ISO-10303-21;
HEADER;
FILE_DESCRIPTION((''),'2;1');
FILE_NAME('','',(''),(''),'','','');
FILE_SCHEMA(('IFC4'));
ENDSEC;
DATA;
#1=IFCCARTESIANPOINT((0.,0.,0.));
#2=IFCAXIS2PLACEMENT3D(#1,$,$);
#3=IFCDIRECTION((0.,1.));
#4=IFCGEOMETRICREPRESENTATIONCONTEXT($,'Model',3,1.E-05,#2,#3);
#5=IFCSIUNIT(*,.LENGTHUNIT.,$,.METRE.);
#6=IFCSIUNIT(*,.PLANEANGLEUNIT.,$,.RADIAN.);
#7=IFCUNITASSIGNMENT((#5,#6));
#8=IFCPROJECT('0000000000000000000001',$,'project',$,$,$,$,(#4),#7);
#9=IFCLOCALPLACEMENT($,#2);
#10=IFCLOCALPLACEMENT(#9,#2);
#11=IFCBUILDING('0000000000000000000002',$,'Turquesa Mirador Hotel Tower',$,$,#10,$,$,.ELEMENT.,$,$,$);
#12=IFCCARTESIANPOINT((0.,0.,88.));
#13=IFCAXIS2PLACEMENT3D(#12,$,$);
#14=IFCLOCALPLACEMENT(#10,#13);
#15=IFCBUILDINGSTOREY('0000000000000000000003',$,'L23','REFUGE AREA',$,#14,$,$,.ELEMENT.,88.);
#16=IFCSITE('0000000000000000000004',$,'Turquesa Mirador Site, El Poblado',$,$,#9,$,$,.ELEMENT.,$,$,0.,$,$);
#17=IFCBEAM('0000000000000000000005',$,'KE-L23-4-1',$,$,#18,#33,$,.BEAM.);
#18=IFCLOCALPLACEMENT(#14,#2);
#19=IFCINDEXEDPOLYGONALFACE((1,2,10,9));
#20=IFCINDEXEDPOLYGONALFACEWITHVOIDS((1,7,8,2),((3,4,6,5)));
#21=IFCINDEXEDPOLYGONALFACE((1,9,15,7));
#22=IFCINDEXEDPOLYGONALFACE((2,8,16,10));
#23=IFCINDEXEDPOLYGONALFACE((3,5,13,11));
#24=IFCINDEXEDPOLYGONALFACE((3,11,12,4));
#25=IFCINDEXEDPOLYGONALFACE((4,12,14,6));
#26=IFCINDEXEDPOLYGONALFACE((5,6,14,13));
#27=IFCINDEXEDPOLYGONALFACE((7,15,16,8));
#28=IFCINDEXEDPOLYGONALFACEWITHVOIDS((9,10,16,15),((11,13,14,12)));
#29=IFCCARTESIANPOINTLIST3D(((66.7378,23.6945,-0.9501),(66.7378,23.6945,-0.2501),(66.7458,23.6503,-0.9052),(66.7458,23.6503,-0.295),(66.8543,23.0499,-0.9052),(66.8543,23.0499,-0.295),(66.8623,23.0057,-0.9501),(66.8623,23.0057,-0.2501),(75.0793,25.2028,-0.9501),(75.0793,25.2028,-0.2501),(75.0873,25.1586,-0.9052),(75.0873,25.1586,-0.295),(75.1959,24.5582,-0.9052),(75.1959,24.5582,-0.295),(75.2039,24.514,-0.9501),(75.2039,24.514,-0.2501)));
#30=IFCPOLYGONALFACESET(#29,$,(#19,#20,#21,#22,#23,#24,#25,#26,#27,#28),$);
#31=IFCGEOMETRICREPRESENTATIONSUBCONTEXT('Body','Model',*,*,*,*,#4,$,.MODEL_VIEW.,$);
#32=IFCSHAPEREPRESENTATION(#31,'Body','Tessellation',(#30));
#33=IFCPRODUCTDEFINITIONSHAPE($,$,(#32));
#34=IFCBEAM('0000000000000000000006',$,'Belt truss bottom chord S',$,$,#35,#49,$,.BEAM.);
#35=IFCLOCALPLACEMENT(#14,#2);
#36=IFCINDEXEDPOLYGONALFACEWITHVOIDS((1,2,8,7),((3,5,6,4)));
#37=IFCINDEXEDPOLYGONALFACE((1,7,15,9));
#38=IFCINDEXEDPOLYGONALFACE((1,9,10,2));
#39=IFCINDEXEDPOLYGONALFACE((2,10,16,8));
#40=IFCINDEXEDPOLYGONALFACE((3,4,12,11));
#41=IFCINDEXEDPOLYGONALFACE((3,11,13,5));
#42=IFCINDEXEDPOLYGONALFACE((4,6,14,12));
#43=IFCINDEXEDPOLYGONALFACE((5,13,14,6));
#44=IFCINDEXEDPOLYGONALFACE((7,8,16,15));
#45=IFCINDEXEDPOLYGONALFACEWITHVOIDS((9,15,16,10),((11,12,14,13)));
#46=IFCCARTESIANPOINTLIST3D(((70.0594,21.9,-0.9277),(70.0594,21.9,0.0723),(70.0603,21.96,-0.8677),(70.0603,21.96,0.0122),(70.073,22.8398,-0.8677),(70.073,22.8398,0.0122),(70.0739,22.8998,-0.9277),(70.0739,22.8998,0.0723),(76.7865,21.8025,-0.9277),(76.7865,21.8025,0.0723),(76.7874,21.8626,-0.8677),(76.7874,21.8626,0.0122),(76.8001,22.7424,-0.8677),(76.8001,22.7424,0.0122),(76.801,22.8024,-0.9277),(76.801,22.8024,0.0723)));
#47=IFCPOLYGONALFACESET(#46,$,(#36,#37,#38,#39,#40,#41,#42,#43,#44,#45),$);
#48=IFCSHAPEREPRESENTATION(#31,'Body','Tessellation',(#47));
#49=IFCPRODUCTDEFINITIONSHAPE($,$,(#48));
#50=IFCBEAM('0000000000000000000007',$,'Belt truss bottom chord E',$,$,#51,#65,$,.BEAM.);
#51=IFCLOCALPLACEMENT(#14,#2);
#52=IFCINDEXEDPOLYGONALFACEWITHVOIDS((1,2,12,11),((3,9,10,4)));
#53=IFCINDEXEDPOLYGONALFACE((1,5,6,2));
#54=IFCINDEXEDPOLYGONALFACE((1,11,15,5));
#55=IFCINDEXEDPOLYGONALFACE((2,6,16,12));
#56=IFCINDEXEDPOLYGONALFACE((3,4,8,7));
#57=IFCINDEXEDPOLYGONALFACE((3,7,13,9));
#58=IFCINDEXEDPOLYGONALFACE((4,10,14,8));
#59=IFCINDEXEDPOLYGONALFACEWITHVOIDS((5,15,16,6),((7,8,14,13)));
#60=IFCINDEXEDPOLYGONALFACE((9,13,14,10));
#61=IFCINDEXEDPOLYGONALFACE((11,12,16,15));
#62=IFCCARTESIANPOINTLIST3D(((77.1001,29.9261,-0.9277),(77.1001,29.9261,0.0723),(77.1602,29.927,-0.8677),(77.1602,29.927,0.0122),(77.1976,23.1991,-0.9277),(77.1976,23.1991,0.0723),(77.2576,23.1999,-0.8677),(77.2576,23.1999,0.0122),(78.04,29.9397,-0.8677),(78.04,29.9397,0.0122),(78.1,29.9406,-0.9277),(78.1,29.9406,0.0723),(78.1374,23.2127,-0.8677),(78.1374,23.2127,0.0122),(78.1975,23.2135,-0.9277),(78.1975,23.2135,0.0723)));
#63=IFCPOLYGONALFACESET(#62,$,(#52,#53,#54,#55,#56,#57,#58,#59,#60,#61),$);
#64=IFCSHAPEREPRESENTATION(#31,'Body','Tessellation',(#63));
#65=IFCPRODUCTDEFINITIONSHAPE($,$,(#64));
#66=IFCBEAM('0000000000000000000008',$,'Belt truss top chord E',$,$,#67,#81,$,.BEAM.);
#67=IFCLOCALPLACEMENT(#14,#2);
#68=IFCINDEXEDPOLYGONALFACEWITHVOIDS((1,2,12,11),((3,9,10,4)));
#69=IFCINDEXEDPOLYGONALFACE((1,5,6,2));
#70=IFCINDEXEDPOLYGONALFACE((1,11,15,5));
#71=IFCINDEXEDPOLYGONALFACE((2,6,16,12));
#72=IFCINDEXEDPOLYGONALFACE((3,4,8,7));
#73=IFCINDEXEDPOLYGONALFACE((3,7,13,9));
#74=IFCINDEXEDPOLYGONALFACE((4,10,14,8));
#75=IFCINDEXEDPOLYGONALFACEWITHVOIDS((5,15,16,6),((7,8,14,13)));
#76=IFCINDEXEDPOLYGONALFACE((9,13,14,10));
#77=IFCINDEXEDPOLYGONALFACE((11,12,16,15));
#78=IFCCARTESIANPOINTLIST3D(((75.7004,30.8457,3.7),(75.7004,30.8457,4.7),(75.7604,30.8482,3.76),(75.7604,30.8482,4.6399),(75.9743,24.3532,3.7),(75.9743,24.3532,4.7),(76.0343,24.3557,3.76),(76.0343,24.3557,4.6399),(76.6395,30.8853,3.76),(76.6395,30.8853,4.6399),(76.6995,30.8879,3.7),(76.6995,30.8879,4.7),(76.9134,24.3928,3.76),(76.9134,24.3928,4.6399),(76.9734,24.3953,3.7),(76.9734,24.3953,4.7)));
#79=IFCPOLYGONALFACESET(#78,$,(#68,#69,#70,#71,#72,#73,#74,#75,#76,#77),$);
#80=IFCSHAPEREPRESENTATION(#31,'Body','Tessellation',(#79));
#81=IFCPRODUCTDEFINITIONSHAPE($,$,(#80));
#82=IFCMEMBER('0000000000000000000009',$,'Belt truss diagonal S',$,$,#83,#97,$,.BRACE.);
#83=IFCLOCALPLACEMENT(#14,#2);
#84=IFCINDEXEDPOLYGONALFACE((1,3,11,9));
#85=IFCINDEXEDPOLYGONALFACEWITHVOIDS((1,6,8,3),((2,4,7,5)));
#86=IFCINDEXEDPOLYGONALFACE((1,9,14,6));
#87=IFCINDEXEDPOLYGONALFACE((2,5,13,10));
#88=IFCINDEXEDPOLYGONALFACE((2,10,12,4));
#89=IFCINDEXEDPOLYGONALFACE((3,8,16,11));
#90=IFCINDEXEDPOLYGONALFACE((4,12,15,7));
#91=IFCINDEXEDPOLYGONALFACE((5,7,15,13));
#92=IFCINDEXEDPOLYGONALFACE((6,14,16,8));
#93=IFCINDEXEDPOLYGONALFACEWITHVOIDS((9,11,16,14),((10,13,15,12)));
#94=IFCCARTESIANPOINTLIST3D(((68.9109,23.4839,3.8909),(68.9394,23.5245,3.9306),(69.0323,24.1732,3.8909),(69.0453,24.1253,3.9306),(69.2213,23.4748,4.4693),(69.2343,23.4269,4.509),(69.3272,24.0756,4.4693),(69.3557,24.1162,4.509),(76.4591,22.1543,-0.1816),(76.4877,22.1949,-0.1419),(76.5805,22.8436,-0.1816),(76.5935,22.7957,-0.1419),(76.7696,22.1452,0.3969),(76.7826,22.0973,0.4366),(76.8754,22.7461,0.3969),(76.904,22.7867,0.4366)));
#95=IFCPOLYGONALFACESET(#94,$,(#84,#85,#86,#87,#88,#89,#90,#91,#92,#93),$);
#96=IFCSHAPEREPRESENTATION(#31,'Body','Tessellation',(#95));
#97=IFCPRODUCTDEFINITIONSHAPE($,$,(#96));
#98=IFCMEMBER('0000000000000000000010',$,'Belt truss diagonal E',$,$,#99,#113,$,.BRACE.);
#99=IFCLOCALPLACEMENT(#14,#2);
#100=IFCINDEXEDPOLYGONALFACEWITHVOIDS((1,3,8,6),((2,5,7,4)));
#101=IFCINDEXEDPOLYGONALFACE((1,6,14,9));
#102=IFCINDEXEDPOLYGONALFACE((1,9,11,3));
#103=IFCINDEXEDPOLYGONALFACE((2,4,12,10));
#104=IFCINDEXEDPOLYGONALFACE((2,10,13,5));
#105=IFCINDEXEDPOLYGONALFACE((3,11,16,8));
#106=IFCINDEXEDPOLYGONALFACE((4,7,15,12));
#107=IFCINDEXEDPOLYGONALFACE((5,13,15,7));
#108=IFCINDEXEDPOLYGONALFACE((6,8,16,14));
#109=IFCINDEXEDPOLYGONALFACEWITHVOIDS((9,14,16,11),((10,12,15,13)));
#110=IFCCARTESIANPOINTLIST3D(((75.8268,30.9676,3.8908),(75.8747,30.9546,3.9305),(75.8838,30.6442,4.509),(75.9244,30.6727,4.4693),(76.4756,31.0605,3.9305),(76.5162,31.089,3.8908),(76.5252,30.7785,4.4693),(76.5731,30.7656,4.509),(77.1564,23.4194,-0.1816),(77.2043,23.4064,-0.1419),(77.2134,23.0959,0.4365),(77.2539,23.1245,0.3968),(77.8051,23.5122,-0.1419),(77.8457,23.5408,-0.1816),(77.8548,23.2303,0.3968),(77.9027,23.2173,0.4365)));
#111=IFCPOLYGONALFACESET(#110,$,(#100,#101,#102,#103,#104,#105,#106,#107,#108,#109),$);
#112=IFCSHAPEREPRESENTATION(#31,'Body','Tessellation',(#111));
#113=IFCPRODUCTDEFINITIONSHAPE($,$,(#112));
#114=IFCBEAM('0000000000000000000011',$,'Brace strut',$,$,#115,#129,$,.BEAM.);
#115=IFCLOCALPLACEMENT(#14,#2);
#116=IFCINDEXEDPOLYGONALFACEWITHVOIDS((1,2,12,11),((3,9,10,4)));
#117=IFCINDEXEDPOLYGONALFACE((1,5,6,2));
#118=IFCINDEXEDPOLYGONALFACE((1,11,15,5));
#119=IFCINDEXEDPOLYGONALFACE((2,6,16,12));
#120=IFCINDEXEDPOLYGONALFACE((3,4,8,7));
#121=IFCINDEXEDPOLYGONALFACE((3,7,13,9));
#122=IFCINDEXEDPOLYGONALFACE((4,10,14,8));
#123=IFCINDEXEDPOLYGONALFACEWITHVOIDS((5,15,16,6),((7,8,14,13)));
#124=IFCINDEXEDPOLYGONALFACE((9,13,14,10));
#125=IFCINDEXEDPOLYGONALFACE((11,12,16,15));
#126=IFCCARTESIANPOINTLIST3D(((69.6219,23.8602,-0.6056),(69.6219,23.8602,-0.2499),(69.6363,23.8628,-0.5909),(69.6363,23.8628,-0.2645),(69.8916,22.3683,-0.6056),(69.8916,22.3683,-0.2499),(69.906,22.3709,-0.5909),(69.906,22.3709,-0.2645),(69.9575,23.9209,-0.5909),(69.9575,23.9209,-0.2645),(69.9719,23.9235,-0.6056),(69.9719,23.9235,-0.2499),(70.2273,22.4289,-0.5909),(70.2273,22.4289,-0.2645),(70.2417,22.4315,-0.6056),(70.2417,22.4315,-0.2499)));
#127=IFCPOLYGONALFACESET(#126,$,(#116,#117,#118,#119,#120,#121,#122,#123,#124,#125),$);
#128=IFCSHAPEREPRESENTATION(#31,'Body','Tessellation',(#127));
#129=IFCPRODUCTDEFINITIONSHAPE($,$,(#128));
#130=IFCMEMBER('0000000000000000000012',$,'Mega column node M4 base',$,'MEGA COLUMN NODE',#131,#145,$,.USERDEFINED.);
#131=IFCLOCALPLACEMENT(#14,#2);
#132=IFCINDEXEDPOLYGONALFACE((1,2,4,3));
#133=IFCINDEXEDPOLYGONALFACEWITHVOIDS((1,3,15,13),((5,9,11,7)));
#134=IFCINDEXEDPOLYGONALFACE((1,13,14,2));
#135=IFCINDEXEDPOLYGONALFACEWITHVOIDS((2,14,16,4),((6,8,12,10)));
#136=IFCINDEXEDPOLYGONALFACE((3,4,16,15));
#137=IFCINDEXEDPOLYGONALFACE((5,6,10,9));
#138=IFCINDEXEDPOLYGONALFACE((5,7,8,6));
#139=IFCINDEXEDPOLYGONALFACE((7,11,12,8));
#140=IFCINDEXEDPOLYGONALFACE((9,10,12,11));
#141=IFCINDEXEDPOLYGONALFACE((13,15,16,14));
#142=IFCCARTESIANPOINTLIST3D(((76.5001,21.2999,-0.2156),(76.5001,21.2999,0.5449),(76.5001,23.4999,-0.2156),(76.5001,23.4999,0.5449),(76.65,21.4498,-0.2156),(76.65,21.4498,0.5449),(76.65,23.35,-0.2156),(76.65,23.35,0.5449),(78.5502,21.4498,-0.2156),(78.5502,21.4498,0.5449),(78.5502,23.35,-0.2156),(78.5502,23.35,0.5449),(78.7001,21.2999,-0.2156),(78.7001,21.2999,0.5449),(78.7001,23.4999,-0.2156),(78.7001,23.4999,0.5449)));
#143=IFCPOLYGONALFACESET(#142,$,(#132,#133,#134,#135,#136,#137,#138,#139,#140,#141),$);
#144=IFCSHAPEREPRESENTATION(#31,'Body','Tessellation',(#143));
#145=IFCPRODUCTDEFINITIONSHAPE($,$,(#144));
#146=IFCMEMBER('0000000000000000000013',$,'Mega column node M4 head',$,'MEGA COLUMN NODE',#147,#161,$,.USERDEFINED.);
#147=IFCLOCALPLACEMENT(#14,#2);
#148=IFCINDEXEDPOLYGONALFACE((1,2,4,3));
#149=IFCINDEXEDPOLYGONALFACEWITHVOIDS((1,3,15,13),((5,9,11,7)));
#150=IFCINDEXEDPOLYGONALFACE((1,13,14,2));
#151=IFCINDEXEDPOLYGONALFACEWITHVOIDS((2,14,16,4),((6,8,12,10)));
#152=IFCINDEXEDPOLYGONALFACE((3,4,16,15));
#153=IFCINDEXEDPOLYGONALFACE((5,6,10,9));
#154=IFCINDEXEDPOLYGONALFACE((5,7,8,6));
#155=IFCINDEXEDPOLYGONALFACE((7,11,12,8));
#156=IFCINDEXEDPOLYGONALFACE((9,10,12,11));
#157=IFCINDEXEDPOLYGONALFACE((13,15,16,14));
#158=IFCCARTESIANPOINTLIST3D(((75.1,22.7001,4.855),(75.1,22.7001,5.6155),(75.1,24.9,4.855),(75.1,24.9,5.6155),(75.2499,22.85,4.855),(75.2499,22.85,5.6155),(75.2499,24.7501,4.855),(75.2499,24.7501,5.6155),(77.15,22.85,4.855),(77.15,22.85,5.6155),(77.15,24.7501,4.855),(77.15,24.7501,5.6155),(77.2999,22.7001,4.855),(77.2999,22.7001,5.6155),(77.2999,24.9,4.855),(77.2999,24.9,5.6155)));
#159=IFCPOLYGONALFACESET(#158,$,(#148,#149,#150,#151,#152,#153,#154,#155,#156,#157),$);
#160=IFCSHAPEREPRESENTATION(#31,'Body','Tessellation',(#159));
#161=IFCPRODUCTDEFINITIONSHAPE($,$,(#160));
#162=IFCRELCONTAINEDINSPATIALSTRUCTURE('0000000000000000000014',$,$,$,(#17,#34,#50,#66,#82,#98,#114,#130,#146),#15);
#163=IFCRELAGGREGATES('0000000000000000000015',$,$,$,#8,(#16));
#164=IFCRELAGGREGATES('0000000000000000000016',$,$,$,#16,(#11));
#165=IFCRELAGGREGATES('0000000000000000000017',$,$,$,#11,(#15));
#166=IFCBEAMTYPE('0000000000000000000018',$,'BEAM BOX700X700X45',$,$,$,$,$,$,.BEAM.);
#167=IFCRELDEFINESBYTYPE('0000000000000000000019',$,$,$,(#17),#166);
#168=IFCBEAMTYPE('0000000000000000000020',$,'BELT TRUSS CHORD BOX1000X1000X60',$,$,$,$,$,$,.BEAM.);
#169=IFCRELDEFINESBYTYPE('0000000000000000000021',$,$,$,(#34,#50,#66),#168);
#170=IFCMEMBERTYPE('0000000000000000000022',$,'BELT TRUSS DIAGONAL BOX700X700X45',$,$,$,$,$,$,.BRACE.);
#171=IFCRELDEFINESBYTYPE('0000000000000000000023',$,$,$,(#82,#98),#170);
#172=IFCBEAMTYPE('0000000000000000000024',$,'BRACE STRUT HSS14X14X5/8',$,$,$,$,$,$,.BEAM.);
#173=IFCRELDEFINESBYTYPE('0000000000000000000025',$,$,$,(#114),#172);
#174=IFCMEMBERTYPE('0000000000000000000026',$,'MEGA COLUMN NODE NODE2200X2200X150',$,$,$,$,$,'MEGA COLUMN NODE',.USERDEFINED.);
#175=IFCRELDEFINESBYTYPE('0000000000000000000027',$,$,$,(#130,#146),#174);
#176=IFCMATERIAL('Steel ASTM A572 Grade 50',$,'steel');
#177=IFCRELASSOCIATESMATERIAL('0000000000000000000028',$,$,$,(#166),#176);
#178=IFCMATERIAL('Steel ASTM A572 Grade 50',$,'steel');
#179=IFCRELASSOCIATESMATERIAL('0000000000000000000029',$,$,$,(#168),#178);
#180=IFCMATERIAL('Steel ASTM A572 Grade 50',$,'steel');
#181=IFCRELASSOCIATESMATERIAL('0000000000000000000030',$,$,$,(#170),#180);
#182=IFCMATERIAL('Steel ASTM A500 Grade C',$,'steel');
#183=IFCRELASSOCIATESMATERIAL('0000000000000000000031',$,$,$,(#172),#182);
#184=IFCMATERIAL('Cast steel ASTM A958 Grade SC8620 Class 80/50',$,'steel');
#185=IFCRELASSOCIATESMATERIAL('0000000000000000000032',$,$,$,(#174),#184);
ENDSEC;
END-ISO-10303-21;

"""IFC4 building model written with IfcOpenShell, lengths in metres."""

from ifc_helpers import new_model, si_unit, direction, frame, origin, origin_2d, place, context, subcontext, project, spatial, hollow_rectangle, extrude, material, material_profile, profile_set, type_object, element, save


model = new_model("IFC4")

# Units and contexts
model_context = context("Model", 3, precision=1e-05, world=origin(), true_north=direction((0.0, 1.0)))
body_context = subcontext(model_context, "Body", "Model", "MODEL_VIEW")
ifc_project = project(units=[si_unit("LENGTHUNIT", "METRE"), si_unit("PLANEANGLEUNIT", "RADIAN")], contexts=[model_context])

# Site, building, storey
site_placement = place(None, origin())
site = spatial("IfcSite", under=ifc_project, at=site_placement, Name="Turquesa Mirador Site, El Poblado", CompositionType="ELEMENT", RefElevation=0.0)
building_placement = place(site_placement, origin())
building = spatial("IfcBuilding", under=site, at=building_placement, Name="Turquesa Mirador Hotel Tower", CompositionType="ELEMENT")
storey_placement = place(building_placement, frame((0.0, 0.0, 88.0)))
storey = spatial("IfcBuildingStorey", under=building, at=storey_placement, Name="L23", Description="REFUGE AREA", CompositionType="ELEMENT", Elevation=88.0)

# Beams
ifc_material_1 = material(Name="Steel ASTM A572 Grade 50", Category="steel")
ifc_material_profile_1 = material_profile(ifc_material_1, hollow_rectangle(XDim=0.7, YDim=0.7, WallThickness=0.0449, at=origin_2d()), Name="BOX700X700X45")
ifc_profile_set_1 = profile_set([ifc_material_profile_1], Name="Steel ASTM A572 Grade 50")
beam_type_1 = type_object("IfcBeamType", Name="BEAM BOX700X700X45", PredefinedType="BEAM", material=ifc_profile_set_1)
beam_1_placement = place(storey_placement, frame((75.1416, 24.8584, -0.6001), z_axis=(-0.984043, -0.177932, 0.0), x_axis=(0.177932, -0.984043, 0.0)))
element("IfcBeam", 1, at=beam_1_placement, inside=storey, type_object=beam_type_1, Name="KE-L23-4-1", PredefinedType="BEAM", context=body_context, shape_type="SweptSolid", body=[
    extrude(hollow_rectangle(XDim=0.7, YDim=0.7, WallThickness=0.0449, at=origin_2d()), origin(), (0.0, 0.0, 1.0), 8.4768),
])
ifc_material_2 = material(Name="Steel ASTM A572 Grade 50", Category="steel")
ifc_material_profile_2 = material_profile(ifc_material_2, hollow_rectangle(XDim=1.0, YDim=1.0, WallThickness=0.0601, at=origin_2d()), Name="BOX1000X1000X60")
ifc_profile_set_2 = profile_set([ifc_material_profile_2], Name="Steel ASTM A572 Grade 50")
beam_type_2 = type_object("IfcBeamType", Name="BELT TRUSS CHORD BOX1000X1000X60", PredefinedType="BEAM", material=ifc_profile_set_2)
for number, where, z_axis, x_axis, name in (
    (2, (70.0667, 22.3999, -0.4277), (0.999895, -0.014479, 0.0), (0.014479, 0.999895, 0.0), "Belt truss bottom chord S"),
    (3, (77.6975, 23.2063, -0.4277), (-0.014479, 0.999895, 0.0), (-0.999895, -0.014479, 0.0), "Belt truss bottom chord E"),
):
    element("IfcBeam", number, at=place(storey_placement, frame(where, z_axis=z_axis, x_axis=x_axis)), inside=storey, type_object=beam_type_2, Name=name, PredefinedType="BEAM", context=body_context, shape_type="SweptSolid", body=[
        extrude(hollow_rectangle(XDim=1.0, YDim=1.0, WallThickness=0.0601, at=origin_2d()), origin(), (0.0, 0.0, 1.0), 6.7278),
    ])
beam_2_placement = place(storey_placement, frame((76.4739, 24.3743, 4.2), z_axis=(-0.042154, 0.999111, 0.0), x_axis=(-0.999111, -0.042154, 0.0)))
element("IfcBeam", 4, at=beam_2_placement, inside=storey, type_object=beam_type_2, Name="Belt truss top chord E", PredefinedType="BEAM", context=body_context, shape_type="SweptSolid", body=[
    extrude(hollow_rectangle(XDim=1.0, YDim=1.0, WallThickness=0.0601, at=origin_2d()), origin(), (0.0, 0.0, 1.0), 6.4983),
])

# Members
ifc_material_3 = material(Name="Steel ASTM A572 Grade 50", Category="steel")
ifc_material_profile_3 = material_profile(ifc_material_3, hollow_rectangle(XDim=0.7, YDim=0.7, WallThickness=0.0449, at=origin_2d()), Name="BOX700X700X45")
ifc_profile_set_3 = profile_set([ifc_material_profile_3], Name="Steel ASTM A572 Grade 50")
member_type_1 = type_object("IfcMemberType", Name="BELT TRUSS DIAGONAL BOX700X700X45", PredefinedType="BRACE", material=ifc_profile_set_3)
for number, where, z_axis, x_axis, name in (
    (5, (69.1333, 23.8, 4.2), (0.869693, -0.153191, -0.46922), (0.173473, 0.984839, 0.0), "Belt truss diagonal S"),
    (6, (77.5295, 23.3184, 0.1274), (-0.153191, 0.869693, 0.46922), (-0.984839, -0.173473, 0.0), "Belt truss diagonal E"),
):
    element("IfcMember", number, at=place(storey_placement, frame(where, z_axis=z_axis, x_axis=x_axis)), inside=storey, type_object=member_type_1, Name=name, PredefinedType="BRACE", context=body_context, shape_type="SweptSolid", body=[
        extrude(hollow_rectangle(XDim=0.7, YDim=0.7, WallThickness=0.0449, at=origin_2d()), origin(), (0.0, 0.0, 1.0), 8.6792),
    ])

# Beam
ifc_material_4 = material(Name="Steel ASTM A500 Grade C", Category="steel")
ifc_material_profile_4 = material_profile(ifc_material_4, hollow_rectangle(XDim=0.3557, YDim=0.3557, WallThickness=0.0146, at=origin_2d()), Name="HSS14X14X5/8")
ifc_profile_set_4 = profile_set([ifc_material_profile_4], Name="Steel ASTM A500 Grade C")
beam_type_3 = type_object("IfcBeamType", Name="BRACE STRUT HSS14X14X5/8", PredefinedType="BEAM", material=ifc_profile_set_4)
beam_3_placement = place(storey_placement, frame((70.0667, 22.3999, -0.4277), z_axis=(-0.177936, 0.984042, 0.0), x_axis=(-0.984042, -0.177936, 0.0)))
element("IfcBeam", 7, at=beam_3_placement, inside=storey, type_object=beam_type_3, Name="Brace strut", PredefinedType="BEAM", context=body_context, shape_type="SweptSolid", body=[
    extrude(hollow_rectangle(XDim=0.3557, YDim=0.3557, WallThickness=0.0146, at=origin_2d()), origin(), (0.0, 0.0, 1.0), 1.5161),
])

# Members
ifc_material_5 = material(Name="Cast steel ASTM A958 Grade SC8620 Class 80/50", Category="steel")
ifc_material_profile_5 = material_profile(ifc_material_5, hollow_rectangle(XDim=2.2, YDim=2.2, WallThickness=0.1499, at=origin_2d()), Name="NODE2200X2200X150")
ifc_profile_set_5 = profile_set([ifc_material_profile_5], Name="Cast steel ASTM A958 Grade SC8620 Class 80/50")
member_type_2 = type_object("IfcMemberType", Name="MEGA COLUMN NODE NODE2200X2200X150", ElementType="MEGA COLUMN NODE", PredefinedType="USERDEFINED", material=ifc_profile_set_5)
for number, where, z_axis, x_axis, name in (
    (8, (77.6001, 22.3999, -0.2156), (0.0, 0.0, 1.0), (1.0, 0.0, 0.0), "Mega column node M4 base"),
    (9, (76.2, 23.8, 4.855), (0.0, 0.0, 1.0), (1.0, 0.0, 0.0), "Mega column node M4 head"),
):
    element("IfcMember", number, at=place(storey_placement, frame(where, z_axis=z_axis, x_axis=x_axis)), inside=storey, type_object=member_type_2, Name=name, ObjectType="MEGA COLUMN NODE", PredefinedType="USERDEFINED", context=body_context, shape_type="SweptSolid", body=[
        extrude(hollow_rectangle(XDim=2.2, YDim=2.2, WallThickness=0.1499, at=origin_2d()), origin(), (0.0, 0.0, 1.0), 0.7605),
    ])

save(model, "model.ifc")
